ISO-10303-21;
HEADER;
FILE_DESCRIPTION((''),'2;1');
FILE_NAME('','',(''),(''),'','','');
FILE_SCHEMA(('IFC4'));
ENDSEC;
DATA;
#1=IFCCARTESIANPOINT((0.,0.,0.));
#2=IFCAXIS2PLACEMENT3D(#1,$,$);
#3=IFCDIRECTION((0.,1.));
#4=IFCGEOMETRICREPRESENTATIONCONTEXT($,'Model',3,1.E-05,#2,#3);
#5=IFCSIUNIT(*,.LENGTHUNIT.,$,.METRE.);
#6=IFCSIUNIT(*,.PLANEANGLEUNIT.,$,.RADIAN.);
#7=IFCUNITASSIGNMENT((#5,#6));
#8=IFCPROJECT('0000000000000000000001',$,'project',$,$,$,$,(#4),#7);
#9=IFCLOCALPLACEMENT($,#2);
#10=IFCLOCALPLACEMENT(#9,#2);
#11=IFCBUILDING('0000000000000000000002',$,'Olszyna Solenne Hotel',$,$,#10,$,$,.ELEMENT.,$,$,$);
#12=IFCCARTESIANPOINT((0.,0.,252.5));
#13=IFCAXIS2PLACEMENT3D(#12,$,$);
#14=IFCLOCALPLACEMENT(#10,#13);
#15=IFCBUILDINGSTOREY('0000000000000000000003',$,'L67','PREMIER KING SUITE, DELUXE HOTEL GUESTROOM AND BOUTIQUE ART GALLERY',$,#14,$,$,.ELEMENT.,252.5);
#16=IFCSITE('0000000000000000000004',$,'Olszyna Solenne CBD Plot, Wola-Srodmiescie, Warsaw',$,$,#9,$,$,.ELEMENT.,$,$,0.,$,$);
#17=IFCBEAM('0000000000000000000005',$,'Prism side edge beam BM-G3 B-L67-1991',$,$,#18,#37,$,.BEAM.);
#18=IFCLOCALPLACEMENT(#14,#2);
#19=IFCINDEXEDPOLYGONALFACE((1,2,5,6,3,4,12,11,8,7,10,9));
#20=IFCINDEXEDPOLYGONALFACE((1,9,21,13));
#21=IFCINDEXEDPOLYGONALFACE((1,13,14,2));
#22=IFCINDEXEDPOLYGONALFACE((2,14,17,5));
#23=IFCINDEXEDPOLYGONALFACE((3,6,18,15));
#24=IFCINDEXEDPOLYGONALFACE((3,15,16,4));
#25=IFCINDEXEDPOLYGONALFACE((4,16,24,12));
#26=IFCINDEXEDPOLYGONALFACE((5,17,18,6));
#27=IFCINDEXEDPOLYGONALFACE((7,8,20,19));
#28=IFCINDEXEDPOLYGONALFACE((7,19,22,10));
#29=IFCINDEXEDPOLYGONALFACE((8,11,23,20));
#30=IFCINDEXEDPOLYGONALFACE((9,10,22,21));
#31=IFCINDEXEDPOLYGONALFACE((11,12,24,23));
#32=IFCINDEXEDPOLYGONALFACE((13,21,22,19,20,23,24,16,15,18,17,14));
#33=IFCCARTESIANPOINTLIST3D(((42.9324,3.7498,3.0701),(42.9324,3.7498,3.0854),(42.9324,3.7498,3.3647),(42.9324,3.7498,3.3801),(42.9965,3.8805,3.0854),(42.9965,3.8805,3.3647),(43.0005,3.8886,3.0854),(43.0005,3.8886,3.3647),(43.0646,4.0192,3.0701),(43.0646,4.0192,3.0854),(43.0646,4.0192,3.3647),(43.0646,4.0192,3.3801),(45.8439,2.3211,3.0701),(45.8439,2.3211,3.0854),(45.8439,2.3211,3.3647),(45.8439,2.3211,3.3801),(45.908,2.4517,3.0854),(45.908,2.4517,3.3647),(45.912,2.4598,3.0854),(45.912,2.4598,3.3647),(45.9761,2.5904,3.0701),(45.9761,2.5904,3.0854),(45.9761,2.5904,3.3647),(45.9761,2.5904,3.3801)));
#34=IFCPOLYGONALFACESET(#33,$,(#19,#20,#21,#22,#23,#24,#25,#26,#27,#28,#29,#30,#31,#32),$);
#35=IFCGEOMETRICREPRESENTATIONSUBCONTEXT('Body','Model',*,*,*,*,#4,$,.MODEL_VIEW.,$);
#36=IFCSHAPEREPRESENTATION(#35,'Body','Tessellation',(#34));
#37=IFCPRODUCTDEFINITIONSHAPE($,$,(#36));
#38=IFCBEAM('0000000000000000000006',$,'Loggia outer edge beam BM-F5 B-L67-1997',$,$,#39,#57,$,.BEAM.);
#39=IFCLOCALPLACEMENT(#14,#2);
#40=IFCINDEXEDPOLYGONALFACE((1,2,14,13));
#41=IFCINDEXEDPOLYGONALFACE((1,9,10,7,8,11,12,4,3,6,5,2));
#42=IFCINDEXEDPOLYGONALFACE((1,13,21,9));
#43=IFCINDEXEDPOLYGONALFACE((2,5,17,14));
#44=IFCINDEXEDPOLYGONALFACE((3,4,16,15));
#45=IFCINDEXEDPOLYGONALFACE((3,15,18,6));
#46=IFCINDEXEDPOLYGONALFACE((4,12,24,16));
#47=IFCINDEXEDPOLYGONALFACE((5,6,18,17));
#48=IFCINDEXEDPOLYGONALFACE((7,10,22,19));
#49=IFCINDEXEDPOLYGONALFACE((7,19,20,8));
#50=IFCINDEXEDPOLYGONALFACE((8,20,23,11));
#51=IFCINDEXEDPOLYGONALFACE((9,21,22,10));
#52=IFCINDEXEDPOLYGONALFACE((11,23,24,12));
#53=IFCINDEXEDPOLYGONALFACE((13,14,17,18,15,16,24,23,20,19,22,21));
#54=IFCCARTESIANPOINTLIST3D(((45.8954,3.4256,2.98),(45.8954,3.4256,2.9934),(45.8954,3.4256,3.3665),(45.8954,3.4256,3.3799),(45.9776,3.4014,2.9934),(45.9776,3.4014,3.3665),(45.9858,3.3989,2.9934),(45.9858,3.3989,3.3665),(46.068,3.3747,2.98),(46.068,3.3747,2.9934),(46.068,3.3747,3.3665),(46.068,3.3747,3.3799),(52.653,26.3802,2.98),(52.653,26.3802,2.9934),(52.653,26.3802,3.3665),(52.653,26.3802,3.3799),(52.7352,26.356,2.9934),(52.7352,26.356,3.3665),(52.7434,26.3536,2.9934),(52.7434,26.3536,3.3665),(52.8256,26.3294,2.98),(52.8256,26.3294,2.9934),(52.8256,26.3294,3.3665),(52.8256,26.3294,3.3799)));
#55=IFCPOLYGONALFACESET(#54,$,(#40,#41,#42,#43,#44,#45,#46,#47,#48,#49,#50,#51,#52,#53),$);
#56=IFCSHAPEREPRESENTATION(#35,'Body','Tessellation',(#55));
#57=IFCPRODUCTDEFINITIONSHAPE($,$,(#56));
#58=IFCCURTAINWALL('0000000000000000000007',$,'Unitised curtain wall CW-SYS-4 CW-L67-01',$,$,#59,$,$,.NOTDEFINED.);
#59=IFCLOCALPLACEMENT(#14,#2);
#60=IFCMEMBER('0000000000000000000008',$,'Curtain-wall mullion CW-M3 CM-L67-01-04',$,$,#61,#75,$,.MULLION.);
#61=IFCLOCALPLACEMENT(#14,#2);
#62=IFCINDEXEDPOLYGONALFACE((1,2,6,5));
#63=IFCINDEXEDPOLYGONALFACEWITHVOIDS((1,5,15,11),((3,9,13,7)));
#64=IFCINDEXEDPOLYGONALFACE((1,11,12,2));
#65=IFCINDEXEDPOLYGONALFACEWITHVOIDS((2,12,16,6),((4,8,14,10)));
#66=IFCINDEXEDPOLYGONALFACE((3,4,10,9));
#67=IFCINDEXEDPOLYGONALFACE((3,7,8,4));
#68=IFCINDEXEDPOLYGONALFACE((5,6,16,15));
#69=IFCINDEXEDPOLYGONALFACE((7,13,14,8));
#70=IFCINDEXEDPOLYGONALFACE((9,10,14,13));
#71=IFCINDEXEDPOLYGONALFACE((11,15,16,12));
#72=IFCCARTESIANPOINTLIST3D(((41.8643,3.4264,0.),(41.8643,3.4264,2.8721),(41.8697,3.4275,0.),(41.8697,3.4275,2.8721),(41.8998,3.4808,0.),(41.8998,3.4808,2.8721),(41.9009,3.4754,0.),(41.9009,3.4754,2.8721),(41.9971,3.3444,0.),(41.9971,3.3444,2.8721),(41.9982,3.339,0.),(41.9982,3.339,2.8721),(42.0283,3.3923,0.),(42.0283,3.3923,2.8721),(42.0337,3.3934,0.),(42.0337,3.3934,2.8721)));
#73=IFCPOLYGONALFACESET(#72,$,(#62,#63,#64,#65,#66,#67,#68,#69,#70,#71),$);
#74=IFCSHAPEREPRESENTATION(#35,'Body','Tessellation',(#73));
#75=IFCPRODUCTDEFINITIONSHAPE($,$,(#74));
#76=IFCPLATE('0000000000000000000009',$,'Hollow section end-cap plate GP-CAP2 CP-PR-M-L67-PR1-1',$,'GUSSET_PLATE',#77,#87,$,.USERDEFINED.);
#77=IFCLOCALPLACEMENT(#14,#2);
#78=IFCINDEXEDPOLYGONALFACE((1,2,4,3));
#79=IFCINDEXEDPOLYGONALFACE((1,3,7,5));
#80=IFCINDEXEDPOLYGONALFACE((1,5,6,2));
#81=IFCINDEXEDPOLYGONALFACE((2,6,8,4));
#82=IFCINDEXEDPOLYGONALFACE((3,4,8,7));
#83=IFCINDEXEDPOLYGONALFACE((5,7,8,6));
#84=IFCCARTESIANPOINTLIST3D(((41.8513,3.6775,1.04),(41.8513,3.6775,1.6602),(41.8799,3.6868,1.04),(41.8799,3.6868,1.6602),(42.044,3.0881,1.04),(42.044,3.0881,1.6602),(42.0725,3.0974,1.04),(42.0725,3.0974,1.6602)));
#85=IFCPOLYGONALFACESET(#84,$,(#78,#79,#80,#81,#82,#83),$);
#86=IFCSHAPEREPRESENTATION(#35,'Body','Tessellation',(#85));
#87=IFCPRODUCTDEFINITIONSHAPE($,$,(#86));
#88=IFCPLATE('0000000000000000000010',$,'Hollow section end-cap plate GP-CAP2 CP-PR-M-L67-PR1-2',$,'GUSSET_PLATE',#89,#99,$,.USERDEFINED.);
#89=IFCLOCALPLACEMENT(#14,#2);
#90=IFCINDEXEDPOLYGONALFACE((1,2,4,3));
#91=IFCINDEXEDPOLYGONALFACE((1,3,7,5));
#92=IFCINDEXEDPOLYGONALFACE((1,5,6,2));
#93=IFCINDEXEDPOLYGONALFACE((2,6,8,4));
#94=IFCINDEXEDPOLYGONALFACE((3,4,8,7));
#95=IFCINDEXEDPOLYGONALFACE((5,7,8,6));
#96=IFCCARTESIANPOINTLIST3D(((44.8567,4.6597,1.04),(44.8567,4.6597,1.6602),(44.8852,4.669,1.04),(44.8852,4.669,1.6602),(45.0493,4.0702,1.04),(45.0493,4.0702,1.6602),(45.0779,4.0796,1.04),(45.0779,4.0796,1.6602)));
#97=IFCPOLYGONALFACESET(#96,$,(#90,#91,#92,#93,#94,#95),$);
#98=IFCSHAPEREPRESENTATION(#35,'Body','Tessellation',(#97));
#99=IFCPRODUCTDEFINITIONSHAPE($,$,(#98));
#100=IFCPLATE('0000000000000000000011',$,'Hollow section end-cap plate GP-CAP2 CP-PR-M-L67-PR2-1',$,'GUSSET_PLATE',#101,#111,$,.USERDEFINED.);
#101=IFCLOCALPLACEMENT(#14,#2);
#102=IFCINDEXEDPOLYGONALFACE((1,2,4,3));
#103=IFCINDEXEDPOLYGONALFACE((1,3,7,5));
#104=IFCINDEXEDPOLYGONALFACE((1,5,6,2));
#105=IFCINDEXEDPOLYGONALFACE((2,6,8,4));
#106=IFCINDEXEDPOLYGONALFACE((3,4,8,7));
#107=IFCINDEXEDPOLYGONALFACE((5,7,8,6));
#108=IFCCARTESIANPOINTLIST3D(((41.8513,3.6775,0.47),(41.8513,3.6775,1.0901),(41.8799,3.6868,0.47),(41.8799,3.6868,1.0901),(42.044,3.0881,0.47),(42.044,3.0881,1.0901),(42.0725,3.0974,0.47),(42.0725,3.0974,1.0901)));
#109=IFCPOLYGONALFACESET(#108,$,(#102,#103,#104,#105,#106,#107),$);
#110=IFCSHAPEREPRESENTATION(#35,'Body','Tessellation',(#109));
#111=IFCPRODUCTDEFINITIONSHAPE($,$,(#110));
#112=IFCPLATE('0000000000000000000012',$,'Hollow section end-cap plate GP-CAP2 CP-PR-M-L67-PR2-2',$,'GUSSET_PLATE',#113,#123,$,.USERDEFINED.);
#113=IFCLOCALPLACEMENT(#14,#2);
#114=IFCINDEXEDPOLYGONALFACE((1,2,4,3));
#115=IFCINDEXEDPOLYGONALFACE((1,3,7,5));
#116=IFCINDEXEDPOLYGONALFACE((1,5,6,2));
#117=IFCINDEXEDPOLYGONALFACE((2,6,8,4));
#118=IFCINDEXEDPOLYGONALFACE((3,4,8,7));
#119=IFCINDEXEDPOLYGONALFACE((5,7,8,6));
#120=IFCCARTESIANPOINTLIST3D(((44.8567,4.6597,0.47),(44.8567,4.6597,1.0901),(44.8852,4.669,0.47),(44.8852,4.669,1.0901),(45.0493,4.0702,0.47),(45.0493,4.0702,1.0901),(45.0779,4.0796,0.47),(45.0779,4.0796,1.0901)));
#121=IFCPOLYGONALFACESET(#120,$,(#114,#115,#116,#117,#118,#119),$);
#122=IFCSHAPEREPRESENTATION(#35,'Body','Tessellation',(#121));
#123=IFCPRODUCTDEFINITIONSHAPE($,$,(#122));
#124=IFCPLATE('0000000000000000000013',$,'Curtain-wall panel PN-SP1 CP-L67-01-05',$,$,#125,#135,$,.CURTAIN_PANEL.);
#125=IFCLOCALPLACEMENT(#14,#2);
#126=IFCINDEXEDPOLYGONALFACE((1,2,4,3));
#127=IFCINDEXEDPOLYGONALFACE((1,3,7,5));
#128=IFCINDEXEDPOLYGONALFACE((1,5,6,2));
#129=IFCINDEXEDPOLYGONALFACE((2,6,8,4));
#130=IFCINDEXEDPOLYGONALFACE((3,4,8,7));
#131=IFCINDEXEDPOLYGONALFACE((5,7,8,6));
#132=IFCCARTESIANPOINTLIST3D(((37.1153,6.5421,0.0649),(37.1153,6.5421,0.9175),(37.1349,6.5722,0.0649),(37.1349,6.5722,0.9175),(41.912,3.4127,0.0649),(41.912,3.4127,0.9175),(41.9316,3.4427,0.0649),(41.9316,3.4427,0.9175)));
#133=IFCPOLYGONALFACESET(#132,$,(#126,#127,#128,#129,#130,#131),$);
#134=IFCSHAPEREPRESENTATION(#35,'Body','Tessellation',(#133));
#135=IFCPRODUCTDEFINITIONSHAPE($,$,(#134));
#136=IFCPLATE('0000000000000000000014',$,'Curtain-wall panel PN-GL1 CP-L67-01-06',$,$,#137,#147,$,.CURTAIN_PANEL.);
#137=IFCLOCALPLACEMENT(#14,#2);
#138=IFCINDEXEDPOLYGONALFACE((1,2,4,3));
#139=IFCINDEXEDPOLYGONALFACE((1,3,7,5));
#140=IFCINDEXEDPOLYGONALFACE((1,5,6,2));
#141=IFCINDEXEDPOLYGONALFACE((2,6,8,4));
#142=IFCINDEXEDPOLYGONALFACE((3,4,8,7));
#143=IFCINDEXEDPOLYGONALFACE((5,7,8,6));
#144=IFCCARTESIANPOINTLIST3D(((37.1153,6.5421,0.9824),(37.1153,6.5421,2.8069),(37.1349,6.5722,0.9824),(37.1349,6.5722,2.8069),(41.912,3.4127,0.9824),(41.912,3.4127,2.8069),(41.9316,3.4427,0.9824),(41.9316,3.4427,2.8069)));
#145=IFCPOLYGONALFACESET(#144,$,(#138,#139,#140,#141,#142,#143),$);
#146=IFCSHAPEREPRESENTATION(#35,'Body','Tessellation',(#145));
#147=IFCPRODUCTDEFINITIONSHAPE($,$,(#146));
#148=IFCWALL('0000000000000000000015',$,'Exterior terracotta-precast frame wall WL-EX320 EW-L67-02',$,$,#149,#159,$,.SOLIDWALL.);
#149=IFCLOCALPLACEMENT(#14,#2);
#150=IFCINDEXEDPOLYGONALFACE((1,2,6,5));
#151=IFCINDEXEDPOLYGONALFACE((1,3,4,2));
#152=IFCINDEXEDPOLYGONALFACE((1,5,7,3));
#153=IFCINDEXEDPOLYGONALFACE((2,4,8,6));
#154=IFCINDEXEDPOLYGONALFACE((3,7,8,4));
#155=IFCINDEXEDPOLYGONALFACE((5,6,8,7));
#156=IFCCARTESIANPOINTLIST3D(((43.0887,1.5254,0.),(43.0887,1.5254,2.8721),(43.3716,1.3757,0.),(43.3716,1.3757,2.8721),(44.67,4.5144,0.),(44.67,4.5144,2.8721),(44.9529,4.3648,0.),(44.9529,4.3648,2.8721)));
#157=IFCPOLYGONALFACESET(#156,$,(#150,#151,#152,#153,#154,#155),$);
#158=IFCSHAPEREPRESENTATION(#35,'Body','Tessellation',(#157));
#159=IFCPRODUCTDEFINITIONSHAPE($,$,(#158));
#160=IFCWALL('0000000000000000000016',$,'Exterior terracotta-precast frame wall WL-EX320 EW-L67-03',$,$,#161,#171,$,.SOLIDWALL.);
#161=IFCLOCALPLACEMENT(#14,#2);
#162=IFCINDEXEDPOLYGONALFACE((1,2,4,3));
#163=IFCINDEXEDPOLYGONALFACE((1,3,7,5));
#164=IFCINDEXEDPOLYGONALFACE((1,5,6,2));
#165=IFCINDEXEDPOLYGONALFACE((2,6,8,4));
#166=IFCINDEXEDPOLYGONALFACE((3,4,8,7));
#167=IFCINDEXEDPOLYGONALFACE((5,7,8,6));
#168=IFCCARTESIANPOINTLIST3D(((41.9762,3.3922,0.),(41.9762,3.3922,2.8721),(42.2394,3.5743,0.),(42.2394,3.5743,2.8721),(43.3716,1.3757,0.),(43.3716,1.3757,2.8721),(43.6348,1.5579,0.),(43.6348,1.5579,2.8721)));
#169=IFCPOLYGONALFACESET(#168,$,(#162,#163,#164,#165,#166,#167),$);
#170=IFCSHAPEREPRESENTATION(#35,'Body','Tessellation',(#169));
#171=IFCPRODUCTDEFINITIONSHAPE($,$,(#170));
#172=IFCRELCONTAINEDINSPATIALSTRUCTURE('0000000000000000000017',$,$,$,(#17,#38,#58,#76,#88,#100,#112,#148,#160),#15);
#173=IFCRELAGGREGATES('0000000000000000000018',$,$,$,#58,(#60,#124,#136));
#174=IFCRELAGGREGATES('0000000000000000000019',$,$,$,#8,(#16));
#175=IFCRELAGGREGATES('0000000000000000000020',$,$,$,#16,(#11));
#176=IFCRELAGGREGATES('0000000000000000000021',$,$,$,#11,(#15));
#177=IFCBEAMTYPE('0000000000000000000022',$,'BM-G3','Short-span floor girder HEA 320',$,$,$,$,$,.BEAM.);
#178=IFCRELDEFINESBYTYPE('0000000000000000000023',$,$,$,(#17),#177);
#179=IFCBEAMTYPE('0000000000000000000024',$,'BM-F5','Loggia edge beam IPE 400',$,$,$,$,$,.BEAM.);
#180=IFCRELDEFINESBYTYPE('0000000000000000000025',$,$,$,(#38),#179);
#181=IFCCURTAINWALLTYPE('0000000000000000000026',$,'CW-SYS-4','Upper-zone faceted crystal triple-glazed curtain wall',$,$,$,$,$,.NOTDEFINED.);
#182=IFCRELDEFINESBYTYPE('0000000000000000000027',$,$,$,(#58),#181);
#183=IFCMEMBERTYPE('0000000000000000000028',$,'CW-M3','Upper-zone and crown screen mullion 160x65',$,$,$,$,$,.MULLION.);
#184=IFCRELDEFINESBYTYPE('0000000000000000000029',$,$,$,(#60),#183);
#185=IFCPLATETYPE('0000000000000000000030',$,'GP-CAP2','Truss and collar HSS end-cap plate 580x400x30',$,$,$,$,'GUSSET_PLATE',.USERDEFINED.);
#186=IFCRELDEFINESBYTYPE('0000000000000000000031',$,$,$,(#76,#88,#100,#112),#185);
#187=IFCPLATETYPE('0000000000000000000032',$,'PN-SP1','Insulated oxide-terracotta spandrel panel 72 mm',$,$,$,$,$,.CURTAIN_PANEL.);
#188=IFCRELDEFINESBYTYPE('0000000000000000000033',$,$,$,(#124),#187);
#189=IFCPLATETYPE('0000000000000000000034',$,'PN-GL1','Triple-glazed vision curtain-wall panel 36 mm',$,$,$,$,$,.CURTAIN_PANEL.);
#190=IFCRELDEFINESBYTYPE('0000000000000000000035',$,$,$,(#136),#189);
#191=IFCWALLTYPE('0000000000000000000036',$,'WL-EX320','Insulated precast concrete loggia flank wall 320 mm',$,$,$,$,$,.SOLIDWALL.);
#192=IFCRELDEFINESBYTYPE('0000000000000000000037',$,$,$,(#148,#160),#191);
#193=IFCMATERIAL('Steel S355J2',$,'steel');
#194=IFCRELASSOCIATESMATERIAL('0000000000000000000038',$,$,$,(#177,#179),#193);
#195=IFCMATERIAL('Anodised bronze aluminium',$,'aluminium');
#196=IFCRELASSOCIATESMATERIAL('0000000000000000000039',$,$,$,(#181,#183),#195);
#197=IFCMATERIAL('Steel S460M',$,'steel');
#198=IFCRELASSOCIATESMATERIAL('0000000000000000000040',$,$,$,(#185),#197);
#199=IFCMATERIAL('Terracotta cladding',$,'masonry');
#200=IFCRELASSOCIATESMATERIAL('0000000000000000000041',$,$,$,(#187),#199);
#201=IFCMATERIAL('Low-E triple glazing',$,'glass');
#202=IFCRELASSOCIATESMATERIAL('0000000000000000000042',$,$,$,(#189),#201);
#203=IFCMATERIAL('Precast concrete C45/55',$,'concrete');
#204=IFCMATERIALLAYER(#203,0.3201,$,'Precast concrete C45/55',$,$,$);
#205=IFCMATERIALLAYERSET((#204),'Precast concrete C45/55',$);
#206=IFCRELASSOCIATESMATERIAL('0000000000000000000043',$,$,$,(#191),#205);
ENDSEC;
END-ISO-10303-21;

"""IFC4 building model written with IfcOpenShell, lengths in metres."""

from ifc_helpers import new_model, si_unit, direction, frame, frame_2d, origin, origin_2d, place, context, subcontext, project, spatial, rectangle, hollow_rectangle, i_section, extrude, source, transform, mapped, material, layer, layer_set, material_profile, profile_set, type_object, element, aggregate, save


model = new_model("IFC4")

# Units and contexts
model_context = context("Model", 3, precision=1e-05, world=origin(), true_north=direction((0.0, 1.0)))
body_context = subcontext(model_context, "Body", "Model", "MODEL_VIEW")
ifc_project = project(units=[si_unit("LENGTHUNIT", "METRE"), si_unit("PLANEANGLEUNIT", "RADIAN")], contexts=[model_context])

# Site, building, storey
site_placement = place(None, origin())
site = spatial("IfcSite", under=ifc_project, at=site_placement, Name="Olszyna Solenne CBD Plot, Wola-Srodmiescie, Warsaw", CompositionType="ELEMENT", RefElevation=0.0)
building_placement = place(site_placement, origin())
building = spatial("IfcBuilding", under=site, at=building_placement, Name="Olszyna Solenne Hotel", CompositionType="ELEMENT")
storey_placement = place(building_placement, frame((0.0, 0.0, 252.5)))
storey = spatial("IfcBuildingStorey", under=building, at=storey_placement, Name="L67", Description="PREMIER KING SUITE, DELUXE HOTEL GUESTROOM AND BOUTIQUE ART GALLERY", CompositionType="ELEMENT", Elevation=252.5)

# Shared definitions
ifc_material_1 = material(Name="Steel S460M", Category="steel")

# Shared definitions
ifc_material_2 = material(Name="Steel S355J2", Category="steel")

# Beams
ifc_material_profile_1 = material_profile(ifc_material_2, i_section(OverallWidth=0.3, OverallDepth=0.3101, WebThickness=0.009, FlangeThickness=0.0154, at=origin_2d()), Name="HEA 320", Category="load-bearing")
ifc_profile_set_1 = profile_set([ifc_material_profile_1], Name="Steel S355J2")
beam_type_1 = type_object("IfcBeamType", Name="BM-G3", Description="Short-span floor girder HEA 320", PredefinedType="BEAM", material=ifc_profile_set_1)
shared_shape_1 = source(origin(), body_context, "Body", "SweptSolid", [
    extrude(i_section(OverallWidth=0.3, OverallDepth=0.3101, WebThickness=0.009, FlangeThickness=0.0154, at=origin_2d()), origin(), (0.0, 0.0, 1.0), 3.2432),
])
beam_1_placement = place(storey_placement, frame((42.9985, 3.8845, 3.2251), z_axis=(0.89773, -0.440546, 0.0), x_axis=(0.440546, 0.89773, 0.0)))
element("IfcBeam", 1, at=beam_1_placement, inside=storey, type_object=beam_type_1, Name="Prism side edge beam BM-G3 B-L67-1991", PredefinedType="BEAM", context=body_context, shape_type="MappedRepresentation", body=[
    mapped(shared_shape_1, transform((0.0, 0.0, 0.0), x_axis=(1.0, 0.0, 0.0), y_axis=(0.0, 1.0, 0.0), z_axis=(0.0, 0.0, 1.0), scale=1.0)),
])
ifc_material_profile_2 = material_profile(ifc_material_2, i_section(OverallWidth=0.1799, OverallDepth=0.3999, WebThickness=0.0085, FlangeThickness=0.0134, at=origin_2d()), Name="IPE 400", Category="load-bearing")
ifc_profile_set_2 = profile_set([ifc_material_profile_2], Name="Steel S355J2")
beam_type_2 = type_object("IfcBeamType", Name="BM-F5", Description="Loggia edge beam IPE 400", PredefinedType="BEAM", material=ifc_profile_set_2)
shared_shape_2 = source(origin(), body_context, "Body", "SweptSolid", [
    extrude(i_section(OverallWidth=0.1799, OverallDepth=0.3999, WebThickness=0.0085, FlangeThickness=0.0134, at=origin_2d()), origin(), (0.0, 0.0, 1.0), 23.9287),
])
beam_2_placement = place(storey_placement, frame((45.9817, 3.4001, 3.1799), z_axis=(0.282405, 0.959295, 0.0), x_axis=(-0.959295, 0.282405, 0.0)))
element("IfcBeam", 2, at=beam_2_placement, inside=storey, type_object=beam_type_2, Name="Loggia outer edge beam BM-F5 B-L67-1997", PredefinedType="BEAM", context=body_context, shape_type="MappedRepresentation", body=[
    mapped(shared_shape_2, transform((0.0, 0.0, 0.0), x_axis=(1.0, 0.0, 0.0), y_axis=(0.0, 1.0, 0.0), z_axis=(0.0, 0.0, 1.0), scale=1.0)),
])

# Curtain wall, member
ifc_material_3 = material(Name="Anodised bronze aluminium", Category="aluminium")
curtain_wall_type = type_object("IfcCurtainWallType", Name="CW-SYS-4", Description="Upper-zone faceted crystal triple-glazed curtain wall", PredefinedType="NOTDEFINED", material=ifc_material_3)
curtain_wall_placement = place(storey_placement, origin())
curtain_wall = element("IfcCurtainWall", 3, at=curtain_wall_placement, inside=storey, type_object=curtain_wall_type, Name="Unitised curtain wall CW-SYS-4 CW-L67-01", PredefinedType="NOTDEFINED")
ifc_material_profile_3 = material_profile(ifc_material_3, hollow_rectangle(XDim=0.0649, YDim=0.1599, WallThickness=0.0039, at=origin_2d()), Name="MULL 160x65x4", Category="load-bearing")
ifc_profile_set_3 = profile_set([ifc_material_profile_3], Name="Anodised bronze aluminium")
member_type_1 = type_object("IfcMemberType", Name="CW-M3", Description="Upper-zone and crown screen mullion 160x65", PredefinedType="MULLION", material=ifc_profile_set_3)
shared_shape_3 = source(origin(), body_context, "Body", "SweptSolid", [
    extrude(hollow_rectangle(XDim=0.0649, YDim=0.1599, WallThickness=0.0039, at=origin_2d()), origin(), (0.0, 0.0, 1.0), 2.8721),
])
member_placement = place(storey_placement, frame((41.949, 3.4099, 0.0), z_axis=(0.0, 0.0, 1.0), x_axis=(0.546408, 0.837519, 0.0)))
member = element("IfcMember", 4, at=member_placement, type_object=member_type_1, Name="Curtain-wall mullion CW-M3 CM-L67-01-04", PredefinedType="MULLION", context=body_context, shape_type="MappedRepresentation", body=[
    mapped(shared_shape_3, transform((0.0, 0.0, 0.0), x_axis=(1.0, 0.0, 0.0), y_axis=(0.0, 1.0, 0.0), z_axis=(0.0, 0.0, 1.0), scale=1.0)),
])

# Plates
plate_type_1 = type_object("IfcPlateType", Name="GP-CAP2", Description="Truss and collar HSS end-cap plate 580x400x30", ElementType="GUSSET_PLATE", PredefinedType="USERDEFINED", material=ifc_material_1)
shared_shape_4 = source(origin(), body_context, "Body", "SweptSolid", [
    extrude(rectangle(XDim=0.03, YDim=0.6201, at=origin_2d()), origin(), (0.0, 0.0, 1.0), 0.6201),
])
for number, where, z_axis, x_axis, name in (
    (5, (41.9619, 3.3875, 1.04), (0.0, 0.0, 1.0), (0.950516, 0.310676, 0.0), "Hollow section end-cap plate GP-CAP2 CP-PR-M-L67-PR1-1"),
    (6, (44.9673, 4.3696, 1.04), (0.0, 0.0, 1.0), (0.950516, 0.310676, 0.0), "Hollow section end-cap plate GP-CAP2 CP-PR-M-L67-PR1-2"),
    (7, (41.9619, 3.3875, 0.47), (0.0, 0.0, 1.0), (0.950516, 0.310676, 0.0), "Hollow section end-cap plate GP-CAP2 CP-PR-M-L67-PR2-1"),
    (8, (44.9673, 4.3696, 0.47), (0.0, 0.0, 1.0), (0.950516, 0.310676, 0.0), "Hollow section end-cap plate GP-CAP2 CP-PR-M-L67-PR2-2"),
):
    element("IfcPlate", number, at=place(storey_placement, frame(where, z_axis=z_axis, x_axis=x_axis)), inside=storey, type_object=plate_type_1, Name=name, ObjectType="GUSSET_PLATE", PredefinedType="USERDEFINED", context=body_context, shape_type="MappedRepresentation", body=[
        mapped(shared_shape_4, transform((0.0, 0.0, 0.0), x_axis=(1.0, 0.0, 0.0), y_axis=(0.0, 1.0, 0.0), z_axis=(0.0, 0.0, 1.0), scale=1.0)),
    ])

# Plates
ifc_material_4 = material(Name="Terracotta cladding", Category="masonry")
plate_type_2 = type_object("IfcPlateType", Name="PN-SP1", Description="Insulated oxide-terracotta spandrel panel 72 mm", PredefinedType="CURTAIN_PANEL", material=ifc_material_4)
shared_shape_5 = source(origin(), body_context, "Body", "SweptSolid", [
    extrude(rectangle(XDim=5.7273, YDim=0.0359, at=origin_2d()), origin(), (0.0, 0.0, 1.0), 0.8525),
])
plate_1_placement = place(storey_placement, frame((39.5234, 4.9924, 0.0649), z_axis=(0.0, 0.0, 1.0), x_axis=(0.837519, -0.546408, 0.0)))
plate_1 = element("IfcPlate", 9, at=plate_1_placement, type_object=plate_type_2, Name="Curtain-wall panel PN-SP1 CP-L67-01-05", PredefinedType="CURTAIN_PANEL", context=body_context, shape_type="MappedRepresentation", body=[
    mapped(shared_shape_5, transform((0.0, 0.0, 0.0), x_axis=(1.0, 0.0, 0.0), y_axis=(0.0, 1.0, 0.0), z_axis=(0.0, 0.0, 1.0), scale=1.0)),
])
ifc_material_5 = material(Name="Low-E triple glazing", Category="glass")
plate_type_3 = type_object("IfcPlateType", Name="PN-GL1", Description="Triple-glazed vision curtain-wall panel 36 mm", PredefinedType="CURTAIN_PANEL", material=ifc_material_5)
shared_shape_6 = source(origin(), body_context, "Body", "SweptSolid", [
    extrude(rectangle(XDim=5.7273, YDim=0.0359, at=origin_2d()), origin(), (0.0, 0.0, 1.0), 1.8245),
])
plate_2_placement = place(storey_placement, frame((39.5234, 4.9924, 0.9824), z_axis=(0.0, 0.0, 1.0), x_axis=(0.837519, -0.546408, 0.0)))
plate_2 = element("IfcPlate", 10, at=plate_2_placement, type_object=plate_type_3, Name="Curtain-wall panel PN-GL1 CP-L67-01-06", PredefinedType="CURTAIN_PANEL", context=body_context, shape_type="MappedRepresentation", body=[
    mapped(shared_shape_6, transform((0.0, 0.0, 0.0), x_axis=(1.0, 0.0, 0.0), y_axis=(0.0, 1.0, 0.0), z_axis=(0.0, 0.0, 1.0), scale=1.0)),
])
aggregate(curtain_wall, [member, plate_1, plate_2])

# Walls
ifc_material_6 = material(Name="Precast concrete C45/55", Category="concrete")
ifc_layer_1 = layer(ifc_material_6, 0.3201, Name="Precast concrete C45/55")
ifc_layer_set_1 = layer_set([ifc_layer_1], Name="Precast concrete C45/55")
wall_type_1 = type_object("IfcWallType", Name="WL-EX320", Description="Insulated precast concrete loggia flank wall 320 mm", PredefinedType="SOLIDWALL", material=ifc_layer_set_1)
wall_1_placement = place(storey_placement, frame((44.8115, 4.4397, 0.0), z_axis=(0.0, 0.0, 1.0), x_axis=(-0.467629, -0.883925, 0.0)))
element("IfcWall", 11, at=wall_1_placement, inside=storey, type_object=wall_type_1, Name="Exterior terracotta-precast frame wall WL-EX320 EW-L67-02", PredefinedType="SOLIDWALL", context=body_context, shape_type="SweptSolid", body=[
    extrude(rectangle(XDim=3.3816, YDim=0.3201, at=frame_2d((1.6909, 0.0))), origin(), (0.0, 0.0, 1.0), 2.8721),
])
wall_2_placement = place(storey_placement, frame((43.5032, 1.4668, 0.0), z_axis=(0.0, 0.0, 1.0), x_axis=(-0.569024, 0.822321, 0.0)))
element("IfcWall", 12, at=wall_2_placement, inside=storey, type_object=wall_type_1, Name="Exterior terracotta-precast frame wall WL-EX320 EW-L67-03", PredefinedType="SOLIDWALL", context=body_context, shape_type="SweptSolid", body=[
    extrude(rectangle(XDim=2.4521, YDim=0.3201, at=frame_2d((1.2261, 0.0))), origin(), (0.0, 0.0, 1.0), 2.8721),
])

save(model, "model.ifc")
